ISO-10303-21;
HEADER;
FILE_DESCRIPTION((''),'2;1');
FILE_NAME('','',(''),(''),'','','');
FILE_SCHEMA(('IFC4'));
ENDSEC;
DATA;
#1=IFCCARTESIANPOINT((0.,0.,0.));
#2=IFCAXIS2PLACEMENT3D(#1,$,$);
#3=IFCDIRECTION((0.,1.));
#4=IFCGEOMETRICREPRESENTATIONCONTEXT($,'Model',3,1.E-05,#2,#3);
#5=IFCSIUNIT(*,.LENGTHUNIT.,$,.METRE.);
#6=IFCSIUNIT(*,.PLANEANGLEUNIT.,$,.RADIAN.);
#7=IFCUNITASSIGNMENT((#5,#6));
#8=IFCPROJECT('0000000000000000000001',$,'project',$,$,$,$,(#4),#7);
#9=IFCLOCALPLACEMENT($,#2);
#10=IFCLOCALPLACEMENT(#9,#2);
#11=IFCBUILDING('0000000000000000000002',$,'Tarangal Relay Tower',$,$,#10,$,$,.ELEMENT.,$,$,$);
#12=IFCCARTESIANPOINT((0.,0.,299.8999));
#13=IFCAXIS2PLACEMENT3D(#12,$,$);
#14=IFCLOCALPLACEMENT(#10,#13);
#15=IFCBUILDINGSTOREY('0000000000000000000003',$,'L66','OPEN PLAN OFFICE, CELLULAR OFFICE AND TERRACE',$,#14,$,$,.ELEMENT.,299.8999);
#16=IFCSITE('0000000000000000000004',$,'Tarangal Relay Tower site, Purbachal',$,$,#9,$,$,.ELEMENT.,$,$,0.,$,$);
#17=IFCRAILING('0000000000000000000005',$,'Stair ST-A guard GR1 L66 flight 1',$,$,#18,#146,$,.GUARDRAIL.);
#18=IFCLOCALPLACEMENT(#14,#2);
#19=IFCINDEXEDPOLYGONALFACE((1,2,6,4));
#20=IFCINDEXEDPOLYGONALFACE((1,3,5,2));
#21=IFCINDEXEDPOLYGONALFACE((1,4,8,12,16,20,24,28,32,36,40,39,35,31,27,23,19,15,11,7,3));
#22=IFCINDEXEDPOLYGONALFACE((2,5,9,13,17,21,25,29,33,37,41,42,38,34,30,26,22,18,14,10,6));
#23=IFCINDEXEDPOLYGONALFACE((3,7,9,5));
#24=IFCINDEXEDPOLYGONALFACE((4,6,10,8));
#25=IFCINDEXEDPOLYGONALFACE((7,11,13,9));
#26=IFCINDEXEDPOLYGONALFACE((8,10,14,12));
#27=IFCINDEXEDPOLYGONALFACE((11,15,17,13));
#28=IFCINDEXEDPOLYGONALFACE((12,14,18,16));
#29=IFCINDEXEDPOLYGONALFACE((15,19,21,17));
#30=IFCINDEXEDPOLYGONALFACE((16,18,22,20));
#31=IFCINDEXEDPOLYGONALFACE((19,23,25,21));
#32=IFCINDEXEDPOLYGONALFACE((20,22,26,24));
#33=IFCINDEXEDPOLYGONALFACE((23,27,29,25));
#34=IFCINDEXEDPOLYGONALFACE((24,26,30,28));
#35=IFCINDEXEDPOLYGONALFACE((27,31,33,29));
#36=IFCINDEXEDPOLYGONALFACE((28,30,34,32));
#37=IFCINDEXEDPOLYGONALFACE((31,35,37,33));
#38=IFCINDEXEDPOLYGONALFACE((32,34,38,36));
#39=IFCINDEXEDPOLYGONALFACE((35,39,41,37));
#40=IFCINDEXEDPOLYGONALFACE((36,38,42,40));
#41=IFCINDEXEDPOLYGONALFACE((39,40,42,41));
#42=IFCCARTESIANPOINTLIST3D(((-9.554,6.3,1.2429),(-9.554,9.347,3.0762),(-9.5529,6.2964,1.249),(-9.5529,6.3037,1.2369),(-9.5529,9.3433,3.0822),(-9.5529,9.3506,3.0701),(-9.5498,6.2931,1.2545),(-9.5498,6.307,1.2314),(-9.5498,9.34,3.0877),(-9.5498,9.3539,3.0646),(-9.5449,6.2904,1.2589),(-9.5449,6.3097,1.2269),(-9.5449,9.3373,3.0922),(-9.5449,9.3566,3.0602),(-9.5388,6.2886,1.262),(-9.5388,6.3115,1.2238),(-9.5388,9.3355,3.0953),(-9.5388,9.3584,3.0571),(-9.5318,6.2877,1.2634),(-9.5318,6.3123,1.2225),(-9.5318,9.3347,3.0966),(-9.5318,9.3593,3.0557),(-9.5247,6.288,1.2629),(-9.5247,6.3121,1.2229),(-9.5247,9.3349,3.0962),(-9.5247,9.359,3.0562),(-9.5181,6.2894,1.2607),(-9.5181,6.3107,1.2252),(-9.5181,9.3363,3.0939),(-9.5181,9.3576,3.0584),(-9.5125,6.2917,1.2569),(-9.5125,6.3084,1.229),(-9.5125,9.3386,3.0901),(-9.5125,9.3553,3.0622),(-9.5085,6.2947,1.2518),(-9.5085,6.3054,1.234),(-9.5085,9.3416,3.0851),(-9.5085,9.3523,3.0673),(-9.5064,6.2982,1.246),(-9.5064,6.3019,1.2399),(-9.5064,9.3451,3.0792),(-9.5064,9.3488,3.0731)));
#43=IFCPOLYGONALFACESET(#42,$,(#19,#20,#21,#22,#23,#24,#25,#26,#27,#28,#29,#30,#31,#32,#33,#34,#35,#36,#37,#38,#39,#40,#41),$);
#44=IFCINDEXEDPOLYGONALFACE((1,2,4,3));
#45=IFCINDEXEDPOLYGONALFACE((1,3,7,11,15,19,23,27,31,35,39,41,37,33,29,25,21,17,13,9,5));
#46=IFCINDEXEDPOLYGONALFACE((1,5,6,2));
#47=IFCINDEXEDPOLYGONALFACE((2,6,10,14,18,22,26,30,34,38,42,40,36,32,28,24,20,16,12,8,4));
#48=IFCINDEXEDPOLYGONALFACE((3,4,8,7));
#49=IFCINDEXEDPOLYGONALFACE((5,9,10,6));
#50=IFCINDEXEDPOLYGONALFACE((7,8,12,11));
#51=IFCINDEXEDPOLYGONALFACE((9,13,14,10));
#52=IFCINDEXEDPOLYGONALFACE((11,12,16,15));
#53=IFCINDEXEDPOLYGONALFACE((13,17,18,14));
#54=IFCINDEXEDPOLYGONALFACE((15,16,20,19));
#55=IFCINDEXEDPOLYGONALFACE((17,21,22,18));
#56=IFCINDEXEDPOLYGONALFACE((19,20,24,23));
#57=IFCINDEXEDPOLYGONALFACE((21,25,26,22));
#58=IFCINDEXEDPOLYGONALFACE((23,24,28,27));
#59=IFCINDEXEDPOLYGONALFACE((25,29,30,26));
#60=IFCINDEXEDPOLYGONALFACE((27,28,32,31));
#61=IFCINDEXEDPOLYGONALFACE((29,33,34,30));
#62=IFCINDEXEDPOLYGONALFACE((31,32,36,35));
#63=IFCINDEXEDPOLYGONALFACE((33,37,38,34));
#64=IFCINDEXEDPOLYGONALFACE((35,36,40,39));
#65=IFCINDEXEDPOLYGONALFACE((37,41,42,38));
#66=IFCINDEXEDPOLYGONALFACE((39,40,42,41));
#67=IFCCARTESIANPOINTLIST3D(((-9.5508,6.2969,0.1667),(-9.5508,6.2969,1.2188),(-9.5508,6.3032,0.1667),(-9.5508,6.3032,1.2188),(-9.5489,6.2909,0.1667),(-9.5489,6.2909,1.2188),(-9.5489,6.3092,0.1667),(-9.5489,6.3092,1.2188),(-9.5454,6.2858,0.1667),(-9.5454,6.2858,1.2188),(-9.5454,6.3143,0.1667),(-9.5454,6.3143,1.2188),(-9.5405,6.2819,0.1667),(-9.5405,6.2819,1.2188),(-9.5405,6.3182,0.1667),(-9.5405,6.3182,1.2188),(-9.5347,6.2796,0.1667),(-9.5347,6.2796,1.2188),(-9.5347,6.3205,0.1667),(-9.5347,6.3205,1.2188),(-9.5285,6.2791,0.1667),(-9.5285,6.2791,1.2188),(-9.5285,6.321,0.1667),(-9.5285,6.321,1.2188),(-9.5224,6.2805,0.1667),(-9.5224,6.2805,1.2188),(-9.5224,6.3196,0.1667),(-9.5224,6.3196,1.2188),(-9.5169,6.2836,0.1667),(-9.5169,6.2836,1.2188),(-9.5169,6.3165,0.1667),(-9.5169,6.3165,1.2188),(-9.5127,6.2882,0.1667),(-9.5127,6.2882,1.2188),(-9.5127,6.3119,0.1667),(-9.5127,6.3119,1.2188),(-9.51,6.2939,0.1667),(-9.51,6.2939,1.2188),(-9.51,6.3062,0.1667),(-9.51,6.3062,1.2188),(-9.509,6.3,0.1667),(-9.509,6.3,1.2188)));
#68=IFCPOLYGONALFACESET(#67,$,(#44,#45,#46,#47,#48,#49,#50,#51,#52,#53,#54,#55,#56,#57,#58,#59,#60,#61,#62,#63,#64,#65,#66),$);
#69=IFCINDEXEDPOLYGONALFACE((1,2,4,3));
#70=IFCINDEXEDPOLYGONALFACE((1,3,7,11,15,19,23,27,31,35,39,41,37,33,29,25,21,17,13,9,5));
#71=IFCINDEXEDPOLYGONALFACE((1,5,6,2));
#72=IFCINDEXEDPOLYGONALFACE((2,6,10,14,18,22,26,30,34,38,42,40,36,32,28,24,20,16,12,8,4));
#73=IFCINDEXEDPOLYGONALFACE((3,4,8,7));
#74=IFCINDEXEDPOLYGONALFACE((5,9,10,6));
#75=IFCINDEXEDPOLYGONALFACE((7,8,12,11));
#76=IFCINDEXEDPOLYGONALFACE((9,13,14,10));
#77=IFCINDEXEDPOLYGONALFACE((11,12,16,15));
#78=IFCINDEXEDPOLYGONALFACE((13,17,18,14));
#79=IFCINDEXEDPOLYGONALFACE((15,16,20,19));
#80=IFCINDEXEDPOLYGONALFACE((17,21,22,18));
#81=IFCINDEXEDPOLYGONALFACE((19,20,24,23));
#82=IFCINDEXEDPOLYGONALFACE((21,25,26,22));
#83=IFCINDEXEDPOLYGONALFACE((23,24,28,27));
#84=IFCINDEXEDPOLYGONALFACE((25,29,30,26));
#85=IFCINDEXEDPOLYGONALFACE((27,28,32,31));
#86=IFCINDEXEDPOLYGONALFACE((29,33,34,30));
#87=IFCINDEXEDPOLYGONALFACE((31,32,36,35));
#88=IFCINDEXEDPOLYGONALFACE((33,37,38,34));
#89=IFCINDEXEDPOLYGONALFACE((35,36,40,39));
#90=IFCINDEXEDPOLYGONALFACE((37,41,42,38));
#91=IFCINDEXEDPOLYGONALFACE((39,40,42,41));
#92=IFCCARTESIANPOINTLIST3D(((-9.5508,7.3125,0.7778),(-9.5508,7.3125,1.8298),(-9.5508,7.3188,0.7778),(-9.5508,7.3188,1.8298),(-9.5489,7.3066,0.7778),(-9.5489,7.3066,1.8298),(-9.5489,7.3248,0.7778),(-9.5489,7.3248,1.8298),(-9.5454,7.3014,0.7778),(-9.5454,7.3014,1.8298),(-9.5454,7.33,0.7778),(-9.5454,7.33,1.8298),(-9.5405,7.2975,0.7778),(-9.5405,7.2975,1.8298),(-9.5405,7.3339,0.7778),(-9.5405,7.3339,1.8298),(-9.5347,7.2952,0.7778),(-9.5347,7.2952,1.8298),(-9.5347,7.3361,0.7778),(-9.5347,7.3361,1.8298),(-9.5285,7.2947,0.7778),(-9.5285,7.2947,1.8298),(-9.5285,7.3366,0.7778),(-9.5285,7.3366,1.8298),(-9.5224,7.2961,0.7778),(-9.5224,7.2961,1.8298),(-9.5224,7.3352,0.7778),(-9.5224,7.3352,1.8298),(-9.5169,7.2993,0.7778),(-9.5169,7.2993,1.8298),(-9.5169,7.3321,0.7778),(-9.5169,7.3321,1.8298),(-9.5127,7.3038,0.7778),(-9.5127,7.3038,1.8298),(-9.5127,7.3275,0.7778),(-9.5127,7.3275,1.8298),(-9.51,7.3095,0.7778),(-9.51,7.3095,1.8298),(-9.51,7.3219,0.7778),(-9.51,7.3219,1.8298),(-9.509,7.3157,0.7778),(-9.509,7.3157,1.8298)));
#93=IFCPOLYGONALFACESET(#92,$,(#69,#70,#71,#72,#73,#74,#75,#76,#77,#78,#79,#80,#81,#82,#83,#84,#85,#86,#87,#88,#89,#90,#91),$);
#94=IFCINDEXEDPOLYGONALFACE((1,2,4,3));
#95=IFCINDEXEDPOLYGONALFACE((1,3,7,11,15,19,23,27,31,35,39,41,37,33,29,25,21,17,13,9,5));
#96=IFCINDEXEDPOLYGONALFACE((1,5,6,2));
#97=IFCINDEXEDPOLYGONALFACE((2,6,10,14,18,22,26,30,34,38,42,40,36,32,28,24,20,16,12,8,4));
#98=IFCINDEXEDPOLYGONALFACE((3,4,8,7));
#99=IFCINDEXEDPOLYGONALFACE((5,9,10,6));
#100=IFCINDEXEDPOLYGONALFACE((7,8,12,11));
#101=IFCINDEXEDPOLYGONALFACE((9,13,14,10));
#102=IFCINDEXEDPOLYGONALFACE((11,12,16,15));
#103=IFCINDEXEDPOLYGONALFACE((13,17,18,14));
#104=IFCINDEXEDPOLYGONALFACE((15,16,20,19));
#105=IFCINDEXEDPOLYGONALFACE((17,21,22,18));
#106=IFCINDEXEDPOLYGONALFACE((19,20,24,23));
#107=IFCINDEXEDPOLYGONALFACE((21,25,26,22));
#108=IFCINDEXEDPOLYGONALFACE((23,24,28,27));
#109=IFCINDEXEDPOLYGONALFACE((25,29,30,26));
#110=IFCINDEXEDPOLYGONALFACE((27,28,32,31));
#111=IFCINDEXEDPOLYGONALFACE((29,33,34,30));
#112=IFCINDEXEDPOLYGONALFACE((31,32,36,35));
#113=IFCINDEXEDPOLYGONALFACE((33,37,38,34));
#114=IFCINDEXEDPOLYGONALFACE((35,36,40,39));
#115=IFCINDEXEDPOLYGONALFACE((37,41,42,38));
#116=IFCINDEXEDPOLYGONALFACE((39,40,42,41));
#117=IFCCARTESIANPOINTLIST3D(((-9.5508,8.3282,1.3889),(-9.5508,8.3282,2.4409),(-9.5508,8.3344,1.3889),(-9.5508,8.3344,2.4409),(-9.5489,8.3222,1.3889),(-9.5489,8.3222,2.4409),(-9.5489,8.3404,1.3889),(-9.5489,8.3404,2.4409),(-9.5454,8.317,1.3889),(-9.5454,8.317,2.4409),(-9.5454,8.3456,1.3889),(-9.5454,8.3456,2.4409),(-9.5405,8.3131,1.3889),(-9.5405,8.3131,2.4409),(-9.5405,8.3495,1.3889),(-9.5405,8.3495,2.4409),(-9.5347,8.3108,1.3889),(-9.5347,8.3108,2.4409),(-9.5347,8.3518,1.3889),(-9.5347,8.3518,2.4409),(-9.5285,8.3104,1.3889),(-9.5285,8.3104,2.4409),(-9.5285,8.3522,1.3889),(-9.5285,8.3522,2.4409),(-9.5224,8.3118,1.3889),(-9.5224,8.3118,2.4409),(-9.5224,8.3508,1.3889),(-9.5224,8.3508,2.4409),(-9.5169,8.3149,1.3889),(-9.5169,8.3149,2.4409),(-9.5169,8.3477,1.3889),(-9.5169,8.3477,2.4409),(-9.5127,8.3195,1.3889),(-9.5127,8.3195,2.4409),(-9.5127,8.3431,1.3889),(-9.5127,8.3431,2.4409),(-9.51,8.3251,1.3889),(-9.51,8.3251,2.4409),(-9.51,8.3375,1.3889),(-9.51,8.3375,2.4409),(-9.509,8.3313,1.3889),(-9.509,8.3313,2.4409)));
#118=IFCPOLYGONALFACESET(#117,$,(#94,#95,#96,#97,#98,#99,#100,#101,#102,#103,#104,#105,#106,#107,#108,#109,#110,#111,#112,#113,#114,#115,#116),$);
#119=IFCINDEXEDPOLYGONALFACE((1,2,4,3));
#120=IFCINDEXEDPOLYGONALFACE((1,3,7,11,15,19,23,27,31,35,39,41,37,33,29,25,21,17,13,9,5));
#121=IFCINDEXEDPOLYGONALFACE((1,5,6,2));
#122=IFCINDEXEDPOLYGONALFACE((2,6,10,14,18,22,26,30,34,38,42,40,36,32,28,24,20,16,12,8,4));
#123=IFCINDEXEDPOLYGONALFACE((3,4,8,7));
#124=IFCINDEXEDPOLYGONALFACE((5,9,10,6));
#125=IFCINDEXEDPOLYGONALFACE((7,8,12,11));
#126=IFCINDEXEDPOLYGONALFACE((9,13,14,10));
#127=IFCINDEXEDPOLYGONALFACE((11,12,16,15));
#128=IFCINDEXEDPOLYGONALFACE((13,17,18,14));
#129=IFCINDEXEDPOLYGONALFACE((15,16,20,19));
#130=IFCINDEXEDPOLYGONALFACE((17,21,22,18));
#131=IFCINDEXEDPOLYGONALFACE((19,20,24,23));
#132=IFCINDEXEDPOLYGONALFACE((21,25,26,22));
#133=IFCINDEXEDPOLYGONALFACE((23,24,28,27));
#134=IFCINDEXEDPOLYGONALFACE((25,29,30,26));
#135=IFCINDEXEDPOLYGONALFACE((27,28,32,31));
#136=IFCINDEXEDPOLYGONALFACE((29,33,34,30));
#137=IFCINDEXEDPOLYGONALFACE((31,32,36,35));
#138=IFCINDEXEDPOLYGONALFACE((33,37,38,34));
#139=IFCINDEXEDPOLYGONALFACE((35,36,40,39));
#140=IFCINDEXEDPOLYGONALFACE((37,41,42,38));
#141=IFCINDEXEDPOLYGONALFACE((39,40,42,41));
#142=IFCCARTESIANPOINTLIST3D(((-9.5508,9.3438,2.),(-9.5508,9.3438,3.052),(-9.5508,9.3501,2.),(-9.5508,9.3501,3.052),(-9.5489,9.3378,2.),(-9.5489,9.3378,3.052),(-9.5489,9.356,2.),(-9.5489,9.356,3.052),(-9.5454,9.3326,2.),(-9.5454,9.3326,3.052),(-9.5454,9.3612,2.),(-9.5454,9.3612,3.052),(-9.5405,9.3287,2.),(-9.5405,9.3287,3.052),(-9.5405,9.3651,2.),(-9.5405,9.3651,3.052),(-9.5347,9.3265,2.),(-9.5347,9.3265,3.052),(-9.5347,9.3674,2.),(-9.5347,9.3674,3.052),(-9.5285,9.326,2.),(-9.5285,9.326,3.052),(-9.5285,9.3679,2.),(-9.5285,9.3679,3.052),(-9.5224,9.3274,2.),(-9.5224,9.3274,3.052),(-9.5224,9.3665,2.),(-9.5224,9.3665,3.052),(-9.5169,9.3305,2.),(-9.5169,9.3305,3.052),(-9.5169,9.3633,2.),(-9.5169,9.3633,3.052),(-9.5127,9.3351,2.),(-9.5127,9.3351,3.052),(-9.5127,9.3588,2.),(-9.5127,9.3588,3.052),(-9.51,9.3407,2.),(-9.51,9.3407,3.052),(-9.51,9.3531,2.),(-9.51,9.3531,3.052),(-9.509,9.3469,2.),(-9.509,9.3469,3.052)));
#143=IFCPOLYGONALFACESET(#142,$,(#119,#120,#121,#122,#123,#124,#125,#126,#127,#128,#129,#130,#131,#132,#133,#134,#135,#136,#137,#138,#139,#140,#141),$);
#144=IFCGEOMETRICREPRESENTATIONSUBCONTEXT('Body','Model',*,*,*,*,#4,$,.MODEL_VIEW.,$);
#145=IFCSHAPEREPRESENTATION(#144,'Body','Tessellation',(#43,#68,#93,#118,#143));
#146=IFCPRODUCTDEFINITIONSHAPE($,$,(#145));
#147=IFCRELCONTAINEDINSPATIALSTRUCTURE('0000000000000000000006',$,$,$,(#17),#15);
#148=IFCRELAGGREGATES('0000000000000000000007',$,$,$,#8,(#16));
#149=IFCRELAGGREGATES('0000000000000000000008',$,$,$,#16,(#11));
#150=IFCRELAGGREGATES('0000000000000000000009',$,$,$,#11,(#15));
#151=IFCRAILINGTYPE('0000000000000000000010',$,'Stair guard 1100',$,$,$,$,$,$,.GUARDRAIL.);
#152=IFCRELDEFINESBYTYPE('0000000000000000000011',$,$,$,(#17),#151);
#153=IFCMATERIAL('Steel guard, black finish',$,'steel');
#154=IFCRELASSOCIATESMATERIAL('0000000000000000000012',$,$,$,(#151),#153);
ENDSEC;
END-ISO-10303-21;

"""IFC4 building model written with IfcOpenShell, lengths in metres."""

from ifc_helpers import new_model, si_unit, direction, frame, origin, origin_2d, place, context, subcontext, project, spatial, circle, extrude, material, type_object, element, save


model = new_model("IFC4")

# Units and contexts
model_context = context("Model", 3, precision=1e-05, world=origin(), true_north=direction((0.0, 1.0)))
body_context = subcontext(model_context, "Body", "Model", "MODEL_VIEW")
ifc_project = project(units=[si_unit("LENGTHUNIT", "METRE"), si_unit("PLANEANGLEUNIT", "RADIAN")], contexts=[model_context])

# Site, building, storey
site_placement = place(None, origin())
site = spatial("IfcSite", under=ifc_project, at=site_placement, Name="Tarangal Relay Tower site, Purbachal", CompositionType="ELEMENT", RefElevation=0.0)
building_placement = place(site_placement, origin())
building = spatial("IfcBuilding", under=site, at=building_placement, Name="Tarangal Relay Tower", CompositionType="ELEMENT")
storey_placement = place(building_placement, frame((0.0, 0.0, 299.8999)))
storey = spatial("IfcBuildingStorey", under=building, at=storey_placement, Name="L66", Description="OPEN PLAN OFFICE, CELLULAR OFFICE AND TERRACE", CompositionType="ELEMENT", Elevation=299.8999)

# Railing
ifc_material_1 = material(Name="Steel guard, black finish", Category="steel")
railing_type_1 = type_object("IfcRailingType", Name="Stair guard 1100", PredefinedType="GUARDRAIL", material=ifc_material_1)
railing_1_placement = place(storey_placement, frame((-9.53, 6.3, 0.1667)))
element("IfcRailing", 1, at=railing_1_placement, inside=storey, type_object=railing_type_1, Name="Stair ST-A guard GR1 L66 flight 1", PredefinedType="GUARDRAIL", context=body_context, shape_type="SweptSolid", body=[
    extrude(circle(Radius=0.0239, at=origin_2d()), frame((0.0, 0.0, 1.0762), z_axis=(0.0, 0.856856, 0.515556), x_axis=(-1.0, 0.0, 0.0)), (0.0, 0.0, 1.0), 3.5559),
    extrude(circle(Radius=0.021, at=origin_2d()), origin(), (0.0, 0.0, 1.0), 1.052),
    extrude(circle(Radius=0.021, at=origin_2d()), frame((0.0, 1.0156, 0.6111)), (0.0, 0.0, 1.0), 1.052),
    extrude(circle(Radius=0.021, at=origin_2d()), frame((0.0, 2.0312, 1.2222)), (0.0, 0.0, 1.0), 1.052),
    extrude(circle(Radius=0.021, at=origin_2d()), frame((0.0, 3.0469, 1.8333)), (0.0, 0.0, 1.0), 1.052),
])

save(model, "model.ifc")
